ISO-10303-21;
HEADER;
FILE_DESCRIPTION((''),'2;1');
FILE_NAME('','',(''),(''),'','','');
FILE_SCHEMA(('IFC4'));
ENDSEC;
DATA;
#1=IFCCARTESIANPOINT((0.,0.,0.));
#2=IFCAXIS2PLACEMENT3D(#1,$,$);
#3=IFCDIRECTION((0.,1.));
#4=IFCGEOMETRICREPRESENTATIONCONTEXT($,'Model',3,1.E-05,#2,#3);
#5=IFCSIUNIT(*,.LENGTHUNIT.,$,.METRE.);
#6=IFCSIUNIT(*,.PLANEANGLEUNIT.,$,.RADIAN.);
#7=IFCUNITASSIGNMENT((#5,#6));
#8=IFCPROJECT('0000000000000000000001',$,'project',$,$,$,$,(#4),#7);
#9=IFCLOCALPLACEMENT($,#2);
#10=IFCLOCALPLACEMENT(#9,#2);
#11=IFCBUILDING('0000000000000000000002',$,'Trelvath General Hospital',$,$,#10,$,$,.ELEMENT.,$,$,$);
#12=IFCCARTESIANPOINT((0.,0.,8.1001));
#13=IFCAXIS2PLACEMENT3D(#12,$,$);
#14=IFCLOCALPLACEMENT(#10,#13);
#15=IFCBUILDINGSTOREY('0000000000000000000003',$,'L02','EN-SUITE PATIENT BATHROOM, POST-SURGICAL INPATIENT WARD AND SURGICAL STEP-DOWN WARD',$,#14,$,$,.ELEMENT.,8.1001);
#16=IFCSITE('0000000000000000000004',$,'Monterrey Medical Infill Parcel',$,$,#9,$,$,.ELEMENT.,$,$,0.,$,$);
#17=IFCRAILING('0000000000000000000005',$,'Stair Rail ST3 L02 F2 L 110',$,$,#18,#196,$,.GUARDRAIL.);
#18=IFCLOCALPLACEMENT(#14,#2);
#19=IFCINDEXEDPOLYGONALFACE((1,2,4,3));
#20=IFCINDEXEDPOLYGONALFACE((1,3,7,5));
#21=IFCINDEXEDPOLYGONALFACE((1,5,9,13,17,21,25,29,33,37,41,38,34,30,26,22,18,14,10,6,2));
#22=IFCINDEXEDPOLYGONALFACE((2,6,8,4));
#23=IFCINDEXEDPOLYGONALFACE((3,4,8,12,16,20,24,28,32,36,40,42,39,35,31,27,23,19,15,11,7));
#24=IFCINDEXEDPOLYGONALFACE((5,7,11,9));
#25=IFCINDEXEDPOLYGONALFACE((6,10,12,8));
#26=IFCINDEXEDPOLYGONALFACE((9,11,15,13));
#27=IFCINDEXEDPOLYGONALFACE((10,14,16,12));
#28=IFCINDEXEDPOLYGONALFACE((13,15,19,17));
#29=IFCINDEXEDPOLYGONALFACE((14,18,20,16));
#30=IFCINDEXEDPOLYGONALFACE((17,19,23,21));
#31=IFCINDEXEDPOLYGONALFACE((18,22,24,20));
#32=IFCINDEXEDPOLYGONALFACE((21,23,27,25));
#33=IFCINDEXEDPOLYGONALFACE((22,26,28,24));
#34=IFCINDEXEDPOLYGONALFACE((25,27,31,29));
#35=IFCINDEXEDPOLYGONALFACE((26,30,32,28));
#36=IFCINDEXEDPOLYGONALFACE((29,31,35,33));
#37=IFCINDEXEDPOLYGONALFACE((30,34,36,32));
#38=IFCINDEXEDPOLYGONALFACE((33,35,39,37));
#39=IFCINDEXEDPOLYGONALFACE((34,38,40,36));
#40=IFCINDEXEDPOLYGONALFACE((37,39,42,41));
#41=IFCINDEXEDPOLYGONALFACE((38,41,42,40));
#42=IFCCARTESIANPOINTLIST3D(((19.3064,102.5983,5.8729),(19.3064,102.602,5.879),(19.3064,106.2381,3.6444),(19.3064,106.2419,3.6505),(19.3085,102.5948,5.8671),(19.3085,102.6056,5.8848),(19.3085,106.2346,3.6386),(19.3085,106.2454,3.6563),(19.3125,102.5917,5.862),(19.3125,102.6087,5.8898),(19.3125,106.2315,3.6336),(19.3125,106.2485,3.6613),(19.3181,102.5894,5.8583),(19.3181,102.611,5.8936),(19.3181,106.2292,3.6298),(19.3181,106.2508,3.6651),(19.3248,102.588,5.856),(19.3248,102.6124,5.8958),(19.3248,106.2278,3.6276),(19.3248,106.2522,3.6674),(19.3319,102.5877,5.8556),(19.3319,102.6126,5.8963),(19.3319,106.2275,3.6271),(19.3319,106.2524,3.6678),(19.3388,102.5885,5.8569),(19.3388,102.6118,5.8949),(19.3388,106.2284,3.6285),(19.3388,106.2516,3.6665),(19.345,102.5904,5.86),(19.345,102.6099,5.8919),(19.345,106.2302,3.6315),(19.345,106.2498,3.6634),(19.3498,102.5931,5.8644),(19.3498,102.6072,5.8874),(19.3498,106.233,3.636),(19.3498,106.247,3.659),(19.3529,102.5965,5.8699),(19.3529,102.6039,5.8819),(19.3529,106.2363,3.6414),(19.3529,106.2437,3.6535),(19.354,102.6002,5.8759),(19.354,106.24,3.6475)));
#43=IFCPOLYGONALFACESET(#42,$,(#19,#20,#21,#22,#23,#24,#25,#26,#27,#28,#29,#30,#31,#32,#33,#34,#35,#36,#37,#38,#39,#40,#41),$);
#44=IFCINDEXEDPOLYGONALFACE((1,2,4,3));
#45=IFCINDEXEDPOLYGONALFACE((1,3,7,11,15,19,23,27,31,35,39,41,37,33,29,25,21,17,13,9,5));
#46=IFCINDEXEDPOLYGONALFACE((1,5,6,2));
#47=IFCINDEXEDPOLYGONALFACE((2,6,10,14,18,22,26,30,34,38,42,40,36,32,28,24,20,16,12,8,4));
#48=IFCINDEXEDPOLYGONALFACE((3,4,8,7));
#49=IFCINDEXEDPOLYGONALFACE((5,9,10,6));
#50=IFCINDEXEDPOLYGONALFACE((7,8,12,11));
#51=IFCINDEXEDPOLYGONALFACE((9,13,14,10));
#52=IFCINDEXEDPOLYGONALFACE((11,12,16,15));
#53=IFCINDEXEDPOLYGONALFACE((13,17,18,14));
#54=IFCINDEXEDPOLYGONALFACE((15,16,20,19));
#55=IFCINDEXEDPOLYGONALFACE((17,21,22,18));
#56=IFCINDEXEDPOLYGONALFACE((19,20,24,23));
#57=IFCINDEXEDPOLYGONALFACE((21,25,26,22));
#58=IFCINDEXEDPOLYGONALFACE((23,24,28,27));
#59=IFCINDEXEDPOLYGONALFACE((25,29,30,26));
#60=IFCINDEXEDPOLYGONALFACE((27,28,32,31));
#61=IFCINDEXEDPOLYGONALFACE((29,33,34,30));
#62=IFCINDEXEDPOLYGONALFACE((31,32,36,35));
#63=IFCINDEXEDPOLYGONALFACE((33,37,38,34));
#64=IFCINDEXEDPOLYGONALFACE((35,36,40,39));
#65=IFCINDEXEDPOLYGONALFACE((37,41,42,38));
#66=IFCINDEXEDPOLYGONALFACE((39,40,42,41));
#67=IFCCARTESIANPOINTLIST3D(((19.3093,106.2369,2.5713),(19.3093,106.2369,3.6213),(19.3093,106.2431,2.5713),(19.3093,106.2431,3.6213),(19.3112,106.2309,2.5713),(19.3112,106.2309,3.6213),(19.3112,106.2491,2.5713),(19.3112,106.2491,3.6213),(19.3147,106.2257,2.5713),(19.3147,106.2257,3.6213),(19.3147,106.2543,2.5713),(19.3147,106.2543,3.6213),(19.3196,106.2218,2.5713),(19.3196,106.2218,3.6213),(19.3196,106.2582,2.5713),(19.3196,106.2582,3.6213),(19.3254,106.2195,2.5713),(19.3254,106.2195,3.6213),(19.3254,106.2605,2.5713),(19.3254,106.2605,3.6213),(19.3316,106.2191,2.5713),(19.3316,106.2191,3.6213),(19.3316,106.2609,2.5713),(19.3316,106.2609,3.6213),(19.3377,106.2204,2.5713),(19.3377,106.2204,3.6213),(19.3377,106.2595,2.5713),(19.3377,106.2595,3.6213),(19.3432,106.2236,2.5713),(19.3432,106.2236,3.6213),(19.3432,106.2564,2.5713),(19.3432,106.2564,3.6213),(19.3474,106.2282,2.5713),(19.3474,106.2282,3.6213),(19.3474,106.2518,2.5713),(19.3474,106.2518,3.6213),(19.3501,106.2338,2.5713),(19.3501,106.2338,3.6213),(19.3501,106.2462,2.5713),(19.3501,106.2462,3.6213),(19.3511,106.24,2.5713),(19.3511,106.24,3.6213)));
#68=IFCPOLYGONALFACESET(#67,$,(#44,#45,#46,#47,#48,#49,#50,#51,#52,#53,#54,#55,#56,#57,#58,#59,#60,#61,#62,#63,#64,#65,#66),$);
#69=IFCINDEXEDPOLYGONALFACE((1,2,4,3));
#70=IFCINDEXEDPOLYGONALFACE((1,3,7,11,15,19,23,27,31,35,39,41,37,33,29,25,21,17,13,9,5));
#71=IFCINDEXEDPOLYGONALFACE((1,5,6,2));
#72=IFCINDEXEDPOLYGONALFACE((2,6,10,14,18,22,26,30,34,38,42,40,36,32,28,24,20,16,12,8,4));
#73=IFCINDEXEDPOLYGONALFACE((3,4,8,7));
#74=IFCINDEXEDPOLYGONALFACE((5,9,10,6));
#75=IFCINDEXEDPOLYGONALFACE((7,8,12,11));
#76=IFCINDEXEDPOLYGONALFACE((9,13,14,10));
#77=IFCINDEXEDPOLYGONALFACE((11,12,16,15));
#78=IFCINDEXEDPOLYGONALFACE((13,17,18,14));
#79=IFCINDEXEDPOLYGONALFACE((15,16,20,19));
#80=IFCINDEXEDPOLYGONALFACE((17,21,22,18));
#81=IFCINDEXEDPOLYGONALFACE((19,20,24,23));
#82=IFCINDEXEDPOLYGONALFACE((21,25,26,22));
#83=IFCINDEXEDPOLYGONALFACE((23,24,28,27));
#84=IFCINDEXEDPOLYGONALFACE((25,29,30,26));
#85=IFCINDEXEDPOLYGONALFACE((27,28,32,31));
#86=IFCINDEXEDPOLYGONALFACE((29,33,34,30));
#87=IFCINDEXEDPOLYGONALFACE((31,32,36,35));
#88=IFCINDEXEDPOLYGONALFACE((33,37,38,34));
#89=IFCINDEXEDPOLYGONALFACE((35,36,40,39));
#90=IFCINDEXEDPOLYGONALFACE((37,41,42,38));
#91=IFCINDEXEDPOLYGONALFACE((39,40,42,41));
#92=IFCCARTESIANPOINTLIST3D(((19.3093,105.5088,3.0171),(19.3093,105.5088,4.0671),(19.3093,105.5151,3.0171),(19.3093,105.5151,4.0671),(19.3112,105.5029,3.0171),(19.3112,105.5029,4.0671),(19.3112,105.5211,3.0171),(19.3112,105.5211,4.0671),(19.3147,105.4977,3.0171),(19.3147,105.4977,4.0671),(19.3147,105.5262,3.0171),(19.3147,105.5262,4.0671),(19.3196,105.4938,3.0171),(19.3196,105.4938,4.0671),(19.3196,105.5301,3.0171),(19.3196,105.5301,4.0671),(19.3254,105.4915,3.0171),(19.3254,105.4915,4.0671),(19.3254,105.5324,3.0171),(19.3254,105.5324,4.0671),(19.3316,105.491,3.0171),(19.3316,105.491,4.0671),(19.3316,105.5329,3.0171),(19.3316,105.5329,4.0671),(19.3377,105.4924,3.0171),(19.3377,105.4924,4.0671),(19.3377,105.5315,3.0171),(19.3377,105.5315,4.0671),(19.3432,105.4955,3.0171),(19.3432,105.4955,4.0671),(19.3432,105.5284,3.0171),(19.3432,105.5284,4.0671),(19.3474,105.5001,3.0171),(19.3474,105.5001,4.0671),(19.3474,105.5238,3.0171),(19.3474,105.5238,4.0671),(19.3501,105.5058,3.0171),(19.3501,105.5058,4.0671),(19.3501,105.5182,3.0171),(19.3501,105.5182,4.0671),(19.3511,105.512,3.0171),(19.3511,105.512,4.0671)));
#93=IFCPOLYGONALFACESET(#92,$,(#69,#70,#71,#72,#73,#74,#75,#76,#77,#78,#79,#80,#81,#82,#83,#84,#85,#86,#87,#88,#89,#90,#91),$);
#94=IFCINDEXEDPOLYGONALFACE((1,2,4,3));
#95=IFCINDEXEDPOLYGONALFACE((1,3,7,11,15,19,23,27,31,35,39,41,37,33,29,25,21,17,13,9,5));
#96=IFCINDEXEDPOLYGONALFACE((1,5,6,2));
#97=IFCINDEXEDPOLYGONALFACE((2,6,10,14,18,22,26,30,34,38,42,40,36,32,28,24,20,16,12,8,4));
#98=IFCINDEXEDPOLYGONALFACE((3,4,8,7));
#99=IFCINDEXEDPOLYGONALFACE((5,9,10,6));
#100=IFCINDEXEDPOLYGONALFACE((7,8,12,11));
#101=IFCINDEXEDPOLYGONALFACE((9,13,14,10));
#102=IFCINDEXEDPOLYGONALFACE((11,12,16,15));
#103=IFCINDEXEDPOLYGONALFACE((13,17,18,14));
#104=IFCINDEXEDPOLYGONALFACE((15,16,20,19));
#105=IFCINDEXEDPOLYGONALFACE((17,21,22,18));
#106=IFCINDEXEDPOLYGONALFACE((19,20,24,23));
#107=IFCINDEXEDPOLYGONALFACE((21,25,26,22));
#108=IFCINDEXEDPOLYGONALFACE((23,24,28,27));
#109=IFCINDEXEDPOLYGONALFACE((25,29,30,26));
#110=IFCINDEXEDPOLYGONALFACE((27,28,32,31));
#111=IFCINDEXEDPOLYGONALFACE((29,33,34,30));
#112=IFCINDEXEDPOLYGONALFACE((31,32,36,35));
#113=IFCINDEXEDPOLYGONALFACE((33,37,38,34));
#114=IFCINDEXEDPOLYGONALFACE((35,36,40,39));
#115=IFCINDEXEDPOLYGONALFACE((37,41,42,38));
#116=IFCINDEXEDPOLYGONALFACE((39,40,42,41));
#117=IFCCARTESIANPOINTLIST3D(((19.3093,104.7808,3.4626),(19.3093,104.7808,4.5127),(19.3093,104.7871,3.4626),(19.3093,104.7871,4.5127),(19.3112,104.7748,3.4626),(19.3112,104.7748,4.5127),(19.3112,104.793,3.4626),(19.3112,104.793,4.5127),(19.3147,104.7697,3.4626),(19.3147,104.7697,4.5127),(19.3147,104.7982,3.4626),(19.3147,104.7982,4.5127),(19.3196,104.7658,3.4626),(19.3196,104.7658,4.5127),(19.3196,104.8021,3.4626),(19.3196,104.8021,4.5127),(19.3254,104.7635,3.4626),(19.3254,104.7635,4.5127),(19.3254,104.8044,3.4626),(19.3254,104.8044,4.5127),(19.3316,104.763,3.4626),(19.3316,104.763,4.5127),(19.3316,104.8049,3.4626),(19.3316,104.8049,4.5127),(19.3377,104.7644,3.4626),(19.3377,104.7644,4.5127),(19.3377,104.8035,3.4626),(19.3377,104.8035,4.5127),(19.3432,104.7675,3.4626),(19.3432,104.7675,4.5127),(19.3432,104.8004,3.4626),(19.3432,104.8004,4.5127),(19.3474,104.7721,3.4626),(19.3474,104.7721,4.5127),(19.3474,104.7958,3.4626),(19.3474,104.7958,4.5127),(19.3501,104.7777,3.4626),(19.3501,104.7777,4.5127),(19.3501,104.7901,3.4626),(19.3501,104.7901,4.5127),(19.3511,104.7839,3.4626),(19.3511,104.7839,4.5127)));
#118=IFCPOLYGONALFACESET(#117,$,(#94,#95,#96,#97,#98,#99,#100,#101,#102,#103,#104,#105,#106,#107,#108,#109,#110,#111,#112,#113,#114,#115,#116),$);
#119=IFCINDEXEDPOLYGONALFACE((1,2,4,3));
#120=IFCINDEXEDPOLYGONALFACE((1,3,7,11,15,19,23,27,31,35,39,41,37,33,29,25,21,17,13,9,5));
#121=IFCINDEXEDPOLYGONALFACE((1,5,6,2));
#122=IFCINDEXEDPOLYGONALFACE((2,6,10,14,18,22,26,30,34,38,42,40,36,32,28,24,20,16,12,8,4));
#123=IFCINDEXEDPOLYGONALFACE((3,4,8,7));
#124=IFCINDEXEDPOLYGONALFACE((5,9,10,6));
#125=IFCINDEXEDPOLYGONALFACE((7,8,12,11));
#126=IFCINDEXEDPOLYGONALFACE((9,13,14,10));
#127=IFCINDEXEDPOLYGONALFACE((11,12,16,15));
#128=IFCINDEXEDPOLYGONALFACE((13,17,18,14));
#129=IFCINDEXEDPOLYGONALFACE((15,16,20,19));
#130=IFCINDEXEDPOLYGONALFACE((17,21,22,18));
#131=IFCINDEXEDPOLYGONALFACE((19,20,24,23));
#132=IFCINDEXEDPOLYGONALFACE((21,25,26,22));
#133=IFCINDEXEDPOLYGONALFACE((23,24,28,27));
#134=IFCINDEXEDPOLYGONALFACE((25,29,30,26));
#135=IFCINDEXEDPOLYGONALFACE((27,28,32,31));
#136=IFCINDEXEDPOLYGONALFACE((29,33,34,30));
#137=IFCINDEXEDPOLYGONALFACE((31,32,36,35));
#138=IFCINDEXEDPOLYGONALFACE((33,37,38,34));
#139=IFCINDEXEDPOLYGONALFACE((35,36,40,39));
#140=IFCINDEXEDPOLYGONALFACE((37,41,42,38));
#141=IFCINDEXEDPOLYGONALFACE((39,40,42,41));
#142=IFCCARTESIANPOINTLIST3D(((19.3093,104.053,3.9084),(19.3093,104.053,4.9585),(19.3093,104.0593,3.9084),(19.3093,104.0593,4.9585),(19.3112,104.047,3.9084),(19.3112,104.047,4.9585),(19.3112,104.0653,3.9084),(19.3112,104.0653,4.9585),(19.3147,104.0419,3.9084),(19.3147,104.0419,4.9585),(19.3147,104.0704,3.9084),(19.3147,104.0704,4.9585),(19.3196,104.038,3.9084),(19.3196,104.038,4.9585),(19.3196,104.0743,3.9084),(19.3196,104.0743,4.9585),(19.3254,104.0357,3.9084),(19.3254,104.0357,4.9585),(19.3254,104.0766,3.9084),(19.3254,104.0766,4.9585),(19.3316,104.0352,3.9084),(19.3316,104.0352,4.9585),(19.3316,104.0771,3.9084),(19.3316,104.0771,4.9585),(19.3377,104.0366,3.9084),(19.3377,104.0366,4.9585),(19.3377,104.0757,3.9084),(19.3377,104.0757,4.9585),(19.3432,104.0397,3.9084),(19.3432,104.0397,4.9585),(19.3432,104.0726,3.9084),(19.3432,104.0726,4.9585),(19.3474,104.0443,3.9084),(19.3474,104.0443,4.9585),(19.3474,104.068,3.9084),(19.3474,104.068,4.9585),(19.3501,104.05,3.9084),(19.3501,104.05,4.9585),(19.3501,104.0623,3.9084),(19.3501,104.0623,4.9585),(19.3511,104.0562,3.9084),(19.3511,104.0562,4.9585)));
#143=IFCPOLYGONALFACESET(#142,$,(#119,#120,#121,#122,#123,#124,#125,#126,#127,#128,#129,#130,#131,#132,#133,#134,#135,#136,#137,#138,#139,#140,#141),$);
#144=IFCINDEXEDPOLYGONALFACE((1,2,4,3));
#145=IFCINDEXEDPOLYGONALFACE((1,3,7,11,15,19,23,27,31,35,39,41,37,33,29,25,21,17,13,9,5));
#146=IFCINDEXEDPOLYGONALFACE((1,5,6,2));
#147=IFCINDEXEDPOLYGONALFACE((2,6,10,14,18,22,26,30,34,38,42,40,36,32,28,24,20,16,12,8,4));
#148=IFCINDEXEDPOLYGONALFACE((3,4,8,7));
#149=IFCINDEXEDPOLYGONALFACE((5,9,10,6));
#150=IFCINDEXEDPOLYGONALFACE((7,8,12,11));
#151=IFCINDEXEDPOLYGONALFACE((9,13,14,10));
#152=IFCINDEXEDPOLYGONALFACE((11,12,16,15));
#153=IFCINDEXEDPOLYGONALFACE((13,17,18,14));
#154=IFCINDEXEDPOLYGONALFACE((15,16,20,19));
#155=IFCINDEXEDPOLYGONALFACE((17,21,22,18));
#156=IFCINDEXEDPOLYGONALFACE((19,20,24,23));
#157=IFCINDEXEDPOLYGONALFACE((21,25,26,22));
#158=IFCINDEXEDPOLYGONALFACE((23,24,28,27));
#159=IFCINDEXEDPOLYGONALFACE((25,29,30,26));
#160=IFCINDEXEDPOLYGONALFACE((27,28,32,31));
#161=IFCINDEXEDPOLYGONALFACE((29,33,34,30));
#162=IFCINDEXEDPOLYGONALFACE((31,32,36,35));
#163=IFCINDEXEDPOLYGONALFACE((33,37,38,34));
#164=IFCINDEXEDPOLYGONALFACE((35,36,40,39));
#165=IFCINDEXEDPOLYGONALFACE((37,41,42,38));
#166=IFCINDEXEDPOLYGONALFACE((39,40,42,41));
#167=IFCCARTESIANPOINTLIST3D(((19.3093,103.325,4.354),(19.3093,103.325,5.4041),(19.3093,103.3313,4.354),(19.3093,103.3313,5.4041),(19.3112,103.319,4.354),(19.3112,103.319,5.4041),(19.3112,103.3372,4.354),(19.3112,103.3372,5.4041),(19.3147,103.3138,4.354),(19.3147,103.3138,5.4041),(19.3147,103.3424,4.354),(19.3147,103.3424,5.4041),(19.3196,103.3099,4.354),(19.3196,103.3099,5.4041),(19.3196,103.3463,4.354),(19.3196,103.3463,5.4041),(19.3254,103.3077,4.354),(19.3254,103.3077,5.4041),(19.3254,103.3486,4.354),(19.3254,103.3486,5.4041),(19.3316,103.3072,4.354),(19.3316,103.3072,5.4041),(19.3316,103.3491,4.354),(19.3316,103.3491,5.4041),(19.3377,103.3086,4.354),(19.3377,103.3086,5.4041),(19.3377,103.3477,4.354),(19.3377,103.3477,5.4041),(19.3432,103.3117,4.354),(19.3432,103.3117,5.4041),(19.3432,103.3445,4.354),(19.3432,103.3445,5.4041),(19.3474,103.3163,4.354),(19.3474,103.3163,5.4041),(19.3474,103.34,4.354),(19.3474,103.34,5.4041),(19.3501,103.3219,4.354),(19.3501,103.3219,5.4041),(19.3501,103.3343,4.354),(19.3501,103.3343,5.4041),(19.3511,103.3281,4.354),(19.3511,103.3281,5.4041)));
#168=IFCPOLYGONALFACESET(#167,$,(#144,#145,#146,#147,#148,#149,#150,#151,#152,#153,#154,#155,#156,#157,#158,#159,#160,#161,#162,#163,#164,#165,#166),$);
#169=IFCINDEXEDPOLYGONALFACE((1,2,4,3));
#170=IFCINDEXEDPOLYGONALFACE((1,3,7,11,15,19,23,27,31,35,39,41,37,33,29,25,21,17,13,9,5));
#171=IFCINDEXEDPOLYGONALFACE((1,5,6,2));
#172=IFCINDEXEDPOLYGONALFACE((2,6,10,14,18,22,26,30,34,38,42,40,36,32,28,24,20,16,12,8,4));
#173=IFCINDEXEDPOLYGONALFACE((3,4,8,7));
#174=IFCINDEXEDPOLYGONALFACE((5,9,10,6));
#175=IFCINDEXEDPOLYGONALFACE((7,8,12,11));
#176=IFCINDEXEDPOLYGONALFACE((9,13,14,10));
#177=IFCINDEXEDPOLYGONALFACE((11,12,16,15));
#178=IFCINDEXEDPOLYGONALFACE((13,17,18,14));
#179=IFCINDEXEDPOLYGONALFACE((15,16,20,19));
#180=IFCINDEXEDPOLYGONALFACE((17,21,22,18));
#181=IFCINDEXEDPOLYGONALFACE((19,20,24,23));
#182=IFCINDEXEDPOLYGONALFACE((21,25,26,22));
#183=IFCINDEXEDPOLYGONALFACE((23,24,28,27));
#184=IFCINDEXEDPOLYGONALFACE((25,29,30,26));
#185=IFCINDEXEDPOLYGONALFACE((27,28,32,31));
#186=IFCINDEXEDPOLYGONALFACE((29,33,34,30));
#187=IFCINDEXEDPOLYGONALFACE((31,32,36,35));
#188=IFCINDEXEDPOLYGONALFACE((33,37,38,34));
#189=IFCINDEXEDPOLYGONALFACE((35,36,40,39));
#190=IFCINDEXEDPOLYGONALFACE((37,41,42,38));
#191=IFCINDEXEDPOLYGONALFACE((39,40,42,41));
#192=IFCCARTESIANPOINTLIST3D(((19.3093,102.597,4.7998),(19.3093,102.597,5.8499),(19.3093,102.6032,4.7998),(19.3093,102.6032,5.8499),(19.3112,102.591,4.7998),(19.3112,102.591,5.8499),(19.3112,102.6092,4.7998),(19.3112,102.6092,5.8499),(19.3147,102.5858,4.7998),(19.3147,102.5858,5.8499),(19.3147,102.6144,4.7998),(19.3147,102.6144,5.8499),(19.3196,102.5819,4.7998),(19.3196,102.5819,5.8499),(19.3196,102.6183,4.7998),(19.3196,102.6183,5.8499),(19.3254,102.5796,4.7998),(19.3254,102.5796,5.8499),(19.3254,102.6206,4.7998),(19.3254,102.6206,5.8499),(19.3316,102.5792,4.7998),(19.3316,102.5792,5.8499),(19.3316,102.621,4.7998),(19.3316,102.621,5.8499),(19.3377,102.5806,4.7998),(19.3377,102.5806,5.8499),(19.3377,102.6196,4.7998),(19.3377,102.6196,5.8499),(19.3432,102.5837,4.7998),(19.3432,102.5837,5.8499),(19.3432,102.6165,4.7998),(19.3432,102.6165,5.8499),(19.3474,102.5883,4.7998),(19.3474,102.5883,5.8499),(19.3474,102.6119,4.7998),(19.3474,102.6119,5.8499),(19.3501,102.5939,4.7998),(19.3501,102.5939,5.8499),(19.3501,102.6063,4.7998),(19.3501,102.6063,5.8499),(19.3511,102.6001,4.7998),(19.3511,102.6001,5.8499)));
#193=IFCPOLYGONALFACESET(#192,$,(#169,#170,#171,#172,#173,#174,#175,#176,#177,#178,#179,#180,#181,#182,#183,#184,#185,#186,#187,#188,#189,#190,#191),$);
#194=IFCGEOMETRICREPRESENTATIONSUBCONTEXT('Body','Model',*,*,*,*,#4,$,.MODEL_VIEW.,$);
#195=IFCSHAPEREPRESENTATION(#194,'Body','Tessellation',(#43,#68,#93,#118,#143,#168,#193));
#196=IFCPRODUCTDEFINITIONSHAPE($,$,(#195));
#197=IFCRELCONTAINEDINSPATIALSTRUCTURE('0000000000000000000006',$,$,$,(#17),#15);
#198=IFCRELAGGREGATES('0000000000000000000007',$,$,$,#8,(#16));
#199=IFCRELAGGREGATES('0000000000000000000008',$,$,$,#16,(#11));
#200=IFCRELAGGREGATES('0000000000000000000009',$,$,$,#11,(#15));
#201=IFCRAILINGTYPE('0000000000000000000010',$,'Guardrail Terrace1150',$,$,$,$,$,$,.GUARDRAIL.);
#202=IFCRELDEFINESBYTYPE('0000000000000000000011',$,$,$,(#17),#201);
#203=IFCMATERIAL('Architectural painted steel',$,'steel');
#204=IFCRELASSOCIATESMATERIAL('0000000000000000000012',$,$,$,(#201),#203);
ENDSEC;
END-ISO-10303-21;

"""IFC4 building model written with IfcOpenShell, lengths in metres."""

from ifc_helpers import new_model, si_unit, direction, frame, origin, origin_2d, place, context, subcontext, project, spatial, circle, extrude, material, type_object, element, save


model = new_model("IFC4")

# Units and contexts
model_context = context("Model", 3, precision=1e-05, world=origin(), true_north=direction((0.0, 1.0)))
body_context = subcontext(model_context, "Body", "Model", "MODEL_VIEW")
ifc_project = project(units=[si_unit("LENGTHUNIT", "METRE"), si_unit("PLANEANGLEUNIT", "RADIAN")], contexts=[model_context])

# Site, building, storey
site_placement = place(None, origin())
site = spatial("IfcSite", under=ifc_project, at=site_placement, Name="Monterrey Medical Infill Parcel", CompositionType="ELEMENT", RefElevation=0.0)
building_placement = place(site_placement, origin())
building = spatial("IfcBuilding", under=site, at=building_placement, Name="Trelvath General Hospital", CompositionType="ELEMENT")
storey_placement = place(building_placement, frame((0.0, 0.0, 8.1001)))
storey = spatial("IfcBuildingStorey", under=building, at=storey_placement, Name="L02", Description="EN-SUITE PATIENT BATHROOM, POST-SURGICAL INPATIENT WARD AND SURGICAL STEP-DOWN WARD", CompositionType="ELEMENT", Elevation=8.1001)

# Railing
ifc_material_1 = material(Name="Architectural painted steel", Category="steel")
railing_type_1 = type_object("IfcRailingType", Name="Guardrail Terrace1150", PredefinedType="GUARDRAIL", material=ifc_material_1)
railing_1_placement = place(storey_placement, frame((19.3301, 106.24, 2.5713)))
element("IfcRailing", 1, at=railing_1_placement, inside=storey, type_object=railing_type_1, Name="Stair Rail ST3 L02 F2 L 110", PredefinedType="GUARDRAIL", context=body_context, shape_type="SweptSolid", body=[
    extrude(circle(Radius=0.0239, at=origin_2d()), frame((0.0, 0.0, 1.0762), z_axis=(0.0, -0.85285, 0.522156), x_axis=(1.0, 0.0, 0.0)), (0.0, 0.0, 1.0), 4.2678),
    extrude(circle(Radius=0.021, at=origin_2d()), origin(), (0.0, 0.0, 1.0), 1.05),
    extrude(circle(Radius=0.021, at=origin_2d()), frame((0.0, -0.728, 0.4458)), (0.0, 0.0, 1.0), 1.05),
    extrude(circle(Radius=0.021, at=origin_2d()), frame((0.0, -1.4561, 0.8914)), (0.0, 0.0, 1.0), 1.05),
    extrude(circle(Radius=0.021, at=origin_2d()), frame((0.0, -2.1838, 1.3372)), (0.0, 0.0, 1.0), 1.05),
    extrude(circle(Radius=0.021, at=origin_2d()), frame((0.0, -2.9119, 1.7827)), (0.0, 0.0, 1.0), 1.05),
    extrude(circle(Radius=0.021, at=origin_2d()), frame((0.0, -3.6399, 2.2285)), (0.0, 0.0, 1.0), 1.05),
])

save(model, "model.ifc")
